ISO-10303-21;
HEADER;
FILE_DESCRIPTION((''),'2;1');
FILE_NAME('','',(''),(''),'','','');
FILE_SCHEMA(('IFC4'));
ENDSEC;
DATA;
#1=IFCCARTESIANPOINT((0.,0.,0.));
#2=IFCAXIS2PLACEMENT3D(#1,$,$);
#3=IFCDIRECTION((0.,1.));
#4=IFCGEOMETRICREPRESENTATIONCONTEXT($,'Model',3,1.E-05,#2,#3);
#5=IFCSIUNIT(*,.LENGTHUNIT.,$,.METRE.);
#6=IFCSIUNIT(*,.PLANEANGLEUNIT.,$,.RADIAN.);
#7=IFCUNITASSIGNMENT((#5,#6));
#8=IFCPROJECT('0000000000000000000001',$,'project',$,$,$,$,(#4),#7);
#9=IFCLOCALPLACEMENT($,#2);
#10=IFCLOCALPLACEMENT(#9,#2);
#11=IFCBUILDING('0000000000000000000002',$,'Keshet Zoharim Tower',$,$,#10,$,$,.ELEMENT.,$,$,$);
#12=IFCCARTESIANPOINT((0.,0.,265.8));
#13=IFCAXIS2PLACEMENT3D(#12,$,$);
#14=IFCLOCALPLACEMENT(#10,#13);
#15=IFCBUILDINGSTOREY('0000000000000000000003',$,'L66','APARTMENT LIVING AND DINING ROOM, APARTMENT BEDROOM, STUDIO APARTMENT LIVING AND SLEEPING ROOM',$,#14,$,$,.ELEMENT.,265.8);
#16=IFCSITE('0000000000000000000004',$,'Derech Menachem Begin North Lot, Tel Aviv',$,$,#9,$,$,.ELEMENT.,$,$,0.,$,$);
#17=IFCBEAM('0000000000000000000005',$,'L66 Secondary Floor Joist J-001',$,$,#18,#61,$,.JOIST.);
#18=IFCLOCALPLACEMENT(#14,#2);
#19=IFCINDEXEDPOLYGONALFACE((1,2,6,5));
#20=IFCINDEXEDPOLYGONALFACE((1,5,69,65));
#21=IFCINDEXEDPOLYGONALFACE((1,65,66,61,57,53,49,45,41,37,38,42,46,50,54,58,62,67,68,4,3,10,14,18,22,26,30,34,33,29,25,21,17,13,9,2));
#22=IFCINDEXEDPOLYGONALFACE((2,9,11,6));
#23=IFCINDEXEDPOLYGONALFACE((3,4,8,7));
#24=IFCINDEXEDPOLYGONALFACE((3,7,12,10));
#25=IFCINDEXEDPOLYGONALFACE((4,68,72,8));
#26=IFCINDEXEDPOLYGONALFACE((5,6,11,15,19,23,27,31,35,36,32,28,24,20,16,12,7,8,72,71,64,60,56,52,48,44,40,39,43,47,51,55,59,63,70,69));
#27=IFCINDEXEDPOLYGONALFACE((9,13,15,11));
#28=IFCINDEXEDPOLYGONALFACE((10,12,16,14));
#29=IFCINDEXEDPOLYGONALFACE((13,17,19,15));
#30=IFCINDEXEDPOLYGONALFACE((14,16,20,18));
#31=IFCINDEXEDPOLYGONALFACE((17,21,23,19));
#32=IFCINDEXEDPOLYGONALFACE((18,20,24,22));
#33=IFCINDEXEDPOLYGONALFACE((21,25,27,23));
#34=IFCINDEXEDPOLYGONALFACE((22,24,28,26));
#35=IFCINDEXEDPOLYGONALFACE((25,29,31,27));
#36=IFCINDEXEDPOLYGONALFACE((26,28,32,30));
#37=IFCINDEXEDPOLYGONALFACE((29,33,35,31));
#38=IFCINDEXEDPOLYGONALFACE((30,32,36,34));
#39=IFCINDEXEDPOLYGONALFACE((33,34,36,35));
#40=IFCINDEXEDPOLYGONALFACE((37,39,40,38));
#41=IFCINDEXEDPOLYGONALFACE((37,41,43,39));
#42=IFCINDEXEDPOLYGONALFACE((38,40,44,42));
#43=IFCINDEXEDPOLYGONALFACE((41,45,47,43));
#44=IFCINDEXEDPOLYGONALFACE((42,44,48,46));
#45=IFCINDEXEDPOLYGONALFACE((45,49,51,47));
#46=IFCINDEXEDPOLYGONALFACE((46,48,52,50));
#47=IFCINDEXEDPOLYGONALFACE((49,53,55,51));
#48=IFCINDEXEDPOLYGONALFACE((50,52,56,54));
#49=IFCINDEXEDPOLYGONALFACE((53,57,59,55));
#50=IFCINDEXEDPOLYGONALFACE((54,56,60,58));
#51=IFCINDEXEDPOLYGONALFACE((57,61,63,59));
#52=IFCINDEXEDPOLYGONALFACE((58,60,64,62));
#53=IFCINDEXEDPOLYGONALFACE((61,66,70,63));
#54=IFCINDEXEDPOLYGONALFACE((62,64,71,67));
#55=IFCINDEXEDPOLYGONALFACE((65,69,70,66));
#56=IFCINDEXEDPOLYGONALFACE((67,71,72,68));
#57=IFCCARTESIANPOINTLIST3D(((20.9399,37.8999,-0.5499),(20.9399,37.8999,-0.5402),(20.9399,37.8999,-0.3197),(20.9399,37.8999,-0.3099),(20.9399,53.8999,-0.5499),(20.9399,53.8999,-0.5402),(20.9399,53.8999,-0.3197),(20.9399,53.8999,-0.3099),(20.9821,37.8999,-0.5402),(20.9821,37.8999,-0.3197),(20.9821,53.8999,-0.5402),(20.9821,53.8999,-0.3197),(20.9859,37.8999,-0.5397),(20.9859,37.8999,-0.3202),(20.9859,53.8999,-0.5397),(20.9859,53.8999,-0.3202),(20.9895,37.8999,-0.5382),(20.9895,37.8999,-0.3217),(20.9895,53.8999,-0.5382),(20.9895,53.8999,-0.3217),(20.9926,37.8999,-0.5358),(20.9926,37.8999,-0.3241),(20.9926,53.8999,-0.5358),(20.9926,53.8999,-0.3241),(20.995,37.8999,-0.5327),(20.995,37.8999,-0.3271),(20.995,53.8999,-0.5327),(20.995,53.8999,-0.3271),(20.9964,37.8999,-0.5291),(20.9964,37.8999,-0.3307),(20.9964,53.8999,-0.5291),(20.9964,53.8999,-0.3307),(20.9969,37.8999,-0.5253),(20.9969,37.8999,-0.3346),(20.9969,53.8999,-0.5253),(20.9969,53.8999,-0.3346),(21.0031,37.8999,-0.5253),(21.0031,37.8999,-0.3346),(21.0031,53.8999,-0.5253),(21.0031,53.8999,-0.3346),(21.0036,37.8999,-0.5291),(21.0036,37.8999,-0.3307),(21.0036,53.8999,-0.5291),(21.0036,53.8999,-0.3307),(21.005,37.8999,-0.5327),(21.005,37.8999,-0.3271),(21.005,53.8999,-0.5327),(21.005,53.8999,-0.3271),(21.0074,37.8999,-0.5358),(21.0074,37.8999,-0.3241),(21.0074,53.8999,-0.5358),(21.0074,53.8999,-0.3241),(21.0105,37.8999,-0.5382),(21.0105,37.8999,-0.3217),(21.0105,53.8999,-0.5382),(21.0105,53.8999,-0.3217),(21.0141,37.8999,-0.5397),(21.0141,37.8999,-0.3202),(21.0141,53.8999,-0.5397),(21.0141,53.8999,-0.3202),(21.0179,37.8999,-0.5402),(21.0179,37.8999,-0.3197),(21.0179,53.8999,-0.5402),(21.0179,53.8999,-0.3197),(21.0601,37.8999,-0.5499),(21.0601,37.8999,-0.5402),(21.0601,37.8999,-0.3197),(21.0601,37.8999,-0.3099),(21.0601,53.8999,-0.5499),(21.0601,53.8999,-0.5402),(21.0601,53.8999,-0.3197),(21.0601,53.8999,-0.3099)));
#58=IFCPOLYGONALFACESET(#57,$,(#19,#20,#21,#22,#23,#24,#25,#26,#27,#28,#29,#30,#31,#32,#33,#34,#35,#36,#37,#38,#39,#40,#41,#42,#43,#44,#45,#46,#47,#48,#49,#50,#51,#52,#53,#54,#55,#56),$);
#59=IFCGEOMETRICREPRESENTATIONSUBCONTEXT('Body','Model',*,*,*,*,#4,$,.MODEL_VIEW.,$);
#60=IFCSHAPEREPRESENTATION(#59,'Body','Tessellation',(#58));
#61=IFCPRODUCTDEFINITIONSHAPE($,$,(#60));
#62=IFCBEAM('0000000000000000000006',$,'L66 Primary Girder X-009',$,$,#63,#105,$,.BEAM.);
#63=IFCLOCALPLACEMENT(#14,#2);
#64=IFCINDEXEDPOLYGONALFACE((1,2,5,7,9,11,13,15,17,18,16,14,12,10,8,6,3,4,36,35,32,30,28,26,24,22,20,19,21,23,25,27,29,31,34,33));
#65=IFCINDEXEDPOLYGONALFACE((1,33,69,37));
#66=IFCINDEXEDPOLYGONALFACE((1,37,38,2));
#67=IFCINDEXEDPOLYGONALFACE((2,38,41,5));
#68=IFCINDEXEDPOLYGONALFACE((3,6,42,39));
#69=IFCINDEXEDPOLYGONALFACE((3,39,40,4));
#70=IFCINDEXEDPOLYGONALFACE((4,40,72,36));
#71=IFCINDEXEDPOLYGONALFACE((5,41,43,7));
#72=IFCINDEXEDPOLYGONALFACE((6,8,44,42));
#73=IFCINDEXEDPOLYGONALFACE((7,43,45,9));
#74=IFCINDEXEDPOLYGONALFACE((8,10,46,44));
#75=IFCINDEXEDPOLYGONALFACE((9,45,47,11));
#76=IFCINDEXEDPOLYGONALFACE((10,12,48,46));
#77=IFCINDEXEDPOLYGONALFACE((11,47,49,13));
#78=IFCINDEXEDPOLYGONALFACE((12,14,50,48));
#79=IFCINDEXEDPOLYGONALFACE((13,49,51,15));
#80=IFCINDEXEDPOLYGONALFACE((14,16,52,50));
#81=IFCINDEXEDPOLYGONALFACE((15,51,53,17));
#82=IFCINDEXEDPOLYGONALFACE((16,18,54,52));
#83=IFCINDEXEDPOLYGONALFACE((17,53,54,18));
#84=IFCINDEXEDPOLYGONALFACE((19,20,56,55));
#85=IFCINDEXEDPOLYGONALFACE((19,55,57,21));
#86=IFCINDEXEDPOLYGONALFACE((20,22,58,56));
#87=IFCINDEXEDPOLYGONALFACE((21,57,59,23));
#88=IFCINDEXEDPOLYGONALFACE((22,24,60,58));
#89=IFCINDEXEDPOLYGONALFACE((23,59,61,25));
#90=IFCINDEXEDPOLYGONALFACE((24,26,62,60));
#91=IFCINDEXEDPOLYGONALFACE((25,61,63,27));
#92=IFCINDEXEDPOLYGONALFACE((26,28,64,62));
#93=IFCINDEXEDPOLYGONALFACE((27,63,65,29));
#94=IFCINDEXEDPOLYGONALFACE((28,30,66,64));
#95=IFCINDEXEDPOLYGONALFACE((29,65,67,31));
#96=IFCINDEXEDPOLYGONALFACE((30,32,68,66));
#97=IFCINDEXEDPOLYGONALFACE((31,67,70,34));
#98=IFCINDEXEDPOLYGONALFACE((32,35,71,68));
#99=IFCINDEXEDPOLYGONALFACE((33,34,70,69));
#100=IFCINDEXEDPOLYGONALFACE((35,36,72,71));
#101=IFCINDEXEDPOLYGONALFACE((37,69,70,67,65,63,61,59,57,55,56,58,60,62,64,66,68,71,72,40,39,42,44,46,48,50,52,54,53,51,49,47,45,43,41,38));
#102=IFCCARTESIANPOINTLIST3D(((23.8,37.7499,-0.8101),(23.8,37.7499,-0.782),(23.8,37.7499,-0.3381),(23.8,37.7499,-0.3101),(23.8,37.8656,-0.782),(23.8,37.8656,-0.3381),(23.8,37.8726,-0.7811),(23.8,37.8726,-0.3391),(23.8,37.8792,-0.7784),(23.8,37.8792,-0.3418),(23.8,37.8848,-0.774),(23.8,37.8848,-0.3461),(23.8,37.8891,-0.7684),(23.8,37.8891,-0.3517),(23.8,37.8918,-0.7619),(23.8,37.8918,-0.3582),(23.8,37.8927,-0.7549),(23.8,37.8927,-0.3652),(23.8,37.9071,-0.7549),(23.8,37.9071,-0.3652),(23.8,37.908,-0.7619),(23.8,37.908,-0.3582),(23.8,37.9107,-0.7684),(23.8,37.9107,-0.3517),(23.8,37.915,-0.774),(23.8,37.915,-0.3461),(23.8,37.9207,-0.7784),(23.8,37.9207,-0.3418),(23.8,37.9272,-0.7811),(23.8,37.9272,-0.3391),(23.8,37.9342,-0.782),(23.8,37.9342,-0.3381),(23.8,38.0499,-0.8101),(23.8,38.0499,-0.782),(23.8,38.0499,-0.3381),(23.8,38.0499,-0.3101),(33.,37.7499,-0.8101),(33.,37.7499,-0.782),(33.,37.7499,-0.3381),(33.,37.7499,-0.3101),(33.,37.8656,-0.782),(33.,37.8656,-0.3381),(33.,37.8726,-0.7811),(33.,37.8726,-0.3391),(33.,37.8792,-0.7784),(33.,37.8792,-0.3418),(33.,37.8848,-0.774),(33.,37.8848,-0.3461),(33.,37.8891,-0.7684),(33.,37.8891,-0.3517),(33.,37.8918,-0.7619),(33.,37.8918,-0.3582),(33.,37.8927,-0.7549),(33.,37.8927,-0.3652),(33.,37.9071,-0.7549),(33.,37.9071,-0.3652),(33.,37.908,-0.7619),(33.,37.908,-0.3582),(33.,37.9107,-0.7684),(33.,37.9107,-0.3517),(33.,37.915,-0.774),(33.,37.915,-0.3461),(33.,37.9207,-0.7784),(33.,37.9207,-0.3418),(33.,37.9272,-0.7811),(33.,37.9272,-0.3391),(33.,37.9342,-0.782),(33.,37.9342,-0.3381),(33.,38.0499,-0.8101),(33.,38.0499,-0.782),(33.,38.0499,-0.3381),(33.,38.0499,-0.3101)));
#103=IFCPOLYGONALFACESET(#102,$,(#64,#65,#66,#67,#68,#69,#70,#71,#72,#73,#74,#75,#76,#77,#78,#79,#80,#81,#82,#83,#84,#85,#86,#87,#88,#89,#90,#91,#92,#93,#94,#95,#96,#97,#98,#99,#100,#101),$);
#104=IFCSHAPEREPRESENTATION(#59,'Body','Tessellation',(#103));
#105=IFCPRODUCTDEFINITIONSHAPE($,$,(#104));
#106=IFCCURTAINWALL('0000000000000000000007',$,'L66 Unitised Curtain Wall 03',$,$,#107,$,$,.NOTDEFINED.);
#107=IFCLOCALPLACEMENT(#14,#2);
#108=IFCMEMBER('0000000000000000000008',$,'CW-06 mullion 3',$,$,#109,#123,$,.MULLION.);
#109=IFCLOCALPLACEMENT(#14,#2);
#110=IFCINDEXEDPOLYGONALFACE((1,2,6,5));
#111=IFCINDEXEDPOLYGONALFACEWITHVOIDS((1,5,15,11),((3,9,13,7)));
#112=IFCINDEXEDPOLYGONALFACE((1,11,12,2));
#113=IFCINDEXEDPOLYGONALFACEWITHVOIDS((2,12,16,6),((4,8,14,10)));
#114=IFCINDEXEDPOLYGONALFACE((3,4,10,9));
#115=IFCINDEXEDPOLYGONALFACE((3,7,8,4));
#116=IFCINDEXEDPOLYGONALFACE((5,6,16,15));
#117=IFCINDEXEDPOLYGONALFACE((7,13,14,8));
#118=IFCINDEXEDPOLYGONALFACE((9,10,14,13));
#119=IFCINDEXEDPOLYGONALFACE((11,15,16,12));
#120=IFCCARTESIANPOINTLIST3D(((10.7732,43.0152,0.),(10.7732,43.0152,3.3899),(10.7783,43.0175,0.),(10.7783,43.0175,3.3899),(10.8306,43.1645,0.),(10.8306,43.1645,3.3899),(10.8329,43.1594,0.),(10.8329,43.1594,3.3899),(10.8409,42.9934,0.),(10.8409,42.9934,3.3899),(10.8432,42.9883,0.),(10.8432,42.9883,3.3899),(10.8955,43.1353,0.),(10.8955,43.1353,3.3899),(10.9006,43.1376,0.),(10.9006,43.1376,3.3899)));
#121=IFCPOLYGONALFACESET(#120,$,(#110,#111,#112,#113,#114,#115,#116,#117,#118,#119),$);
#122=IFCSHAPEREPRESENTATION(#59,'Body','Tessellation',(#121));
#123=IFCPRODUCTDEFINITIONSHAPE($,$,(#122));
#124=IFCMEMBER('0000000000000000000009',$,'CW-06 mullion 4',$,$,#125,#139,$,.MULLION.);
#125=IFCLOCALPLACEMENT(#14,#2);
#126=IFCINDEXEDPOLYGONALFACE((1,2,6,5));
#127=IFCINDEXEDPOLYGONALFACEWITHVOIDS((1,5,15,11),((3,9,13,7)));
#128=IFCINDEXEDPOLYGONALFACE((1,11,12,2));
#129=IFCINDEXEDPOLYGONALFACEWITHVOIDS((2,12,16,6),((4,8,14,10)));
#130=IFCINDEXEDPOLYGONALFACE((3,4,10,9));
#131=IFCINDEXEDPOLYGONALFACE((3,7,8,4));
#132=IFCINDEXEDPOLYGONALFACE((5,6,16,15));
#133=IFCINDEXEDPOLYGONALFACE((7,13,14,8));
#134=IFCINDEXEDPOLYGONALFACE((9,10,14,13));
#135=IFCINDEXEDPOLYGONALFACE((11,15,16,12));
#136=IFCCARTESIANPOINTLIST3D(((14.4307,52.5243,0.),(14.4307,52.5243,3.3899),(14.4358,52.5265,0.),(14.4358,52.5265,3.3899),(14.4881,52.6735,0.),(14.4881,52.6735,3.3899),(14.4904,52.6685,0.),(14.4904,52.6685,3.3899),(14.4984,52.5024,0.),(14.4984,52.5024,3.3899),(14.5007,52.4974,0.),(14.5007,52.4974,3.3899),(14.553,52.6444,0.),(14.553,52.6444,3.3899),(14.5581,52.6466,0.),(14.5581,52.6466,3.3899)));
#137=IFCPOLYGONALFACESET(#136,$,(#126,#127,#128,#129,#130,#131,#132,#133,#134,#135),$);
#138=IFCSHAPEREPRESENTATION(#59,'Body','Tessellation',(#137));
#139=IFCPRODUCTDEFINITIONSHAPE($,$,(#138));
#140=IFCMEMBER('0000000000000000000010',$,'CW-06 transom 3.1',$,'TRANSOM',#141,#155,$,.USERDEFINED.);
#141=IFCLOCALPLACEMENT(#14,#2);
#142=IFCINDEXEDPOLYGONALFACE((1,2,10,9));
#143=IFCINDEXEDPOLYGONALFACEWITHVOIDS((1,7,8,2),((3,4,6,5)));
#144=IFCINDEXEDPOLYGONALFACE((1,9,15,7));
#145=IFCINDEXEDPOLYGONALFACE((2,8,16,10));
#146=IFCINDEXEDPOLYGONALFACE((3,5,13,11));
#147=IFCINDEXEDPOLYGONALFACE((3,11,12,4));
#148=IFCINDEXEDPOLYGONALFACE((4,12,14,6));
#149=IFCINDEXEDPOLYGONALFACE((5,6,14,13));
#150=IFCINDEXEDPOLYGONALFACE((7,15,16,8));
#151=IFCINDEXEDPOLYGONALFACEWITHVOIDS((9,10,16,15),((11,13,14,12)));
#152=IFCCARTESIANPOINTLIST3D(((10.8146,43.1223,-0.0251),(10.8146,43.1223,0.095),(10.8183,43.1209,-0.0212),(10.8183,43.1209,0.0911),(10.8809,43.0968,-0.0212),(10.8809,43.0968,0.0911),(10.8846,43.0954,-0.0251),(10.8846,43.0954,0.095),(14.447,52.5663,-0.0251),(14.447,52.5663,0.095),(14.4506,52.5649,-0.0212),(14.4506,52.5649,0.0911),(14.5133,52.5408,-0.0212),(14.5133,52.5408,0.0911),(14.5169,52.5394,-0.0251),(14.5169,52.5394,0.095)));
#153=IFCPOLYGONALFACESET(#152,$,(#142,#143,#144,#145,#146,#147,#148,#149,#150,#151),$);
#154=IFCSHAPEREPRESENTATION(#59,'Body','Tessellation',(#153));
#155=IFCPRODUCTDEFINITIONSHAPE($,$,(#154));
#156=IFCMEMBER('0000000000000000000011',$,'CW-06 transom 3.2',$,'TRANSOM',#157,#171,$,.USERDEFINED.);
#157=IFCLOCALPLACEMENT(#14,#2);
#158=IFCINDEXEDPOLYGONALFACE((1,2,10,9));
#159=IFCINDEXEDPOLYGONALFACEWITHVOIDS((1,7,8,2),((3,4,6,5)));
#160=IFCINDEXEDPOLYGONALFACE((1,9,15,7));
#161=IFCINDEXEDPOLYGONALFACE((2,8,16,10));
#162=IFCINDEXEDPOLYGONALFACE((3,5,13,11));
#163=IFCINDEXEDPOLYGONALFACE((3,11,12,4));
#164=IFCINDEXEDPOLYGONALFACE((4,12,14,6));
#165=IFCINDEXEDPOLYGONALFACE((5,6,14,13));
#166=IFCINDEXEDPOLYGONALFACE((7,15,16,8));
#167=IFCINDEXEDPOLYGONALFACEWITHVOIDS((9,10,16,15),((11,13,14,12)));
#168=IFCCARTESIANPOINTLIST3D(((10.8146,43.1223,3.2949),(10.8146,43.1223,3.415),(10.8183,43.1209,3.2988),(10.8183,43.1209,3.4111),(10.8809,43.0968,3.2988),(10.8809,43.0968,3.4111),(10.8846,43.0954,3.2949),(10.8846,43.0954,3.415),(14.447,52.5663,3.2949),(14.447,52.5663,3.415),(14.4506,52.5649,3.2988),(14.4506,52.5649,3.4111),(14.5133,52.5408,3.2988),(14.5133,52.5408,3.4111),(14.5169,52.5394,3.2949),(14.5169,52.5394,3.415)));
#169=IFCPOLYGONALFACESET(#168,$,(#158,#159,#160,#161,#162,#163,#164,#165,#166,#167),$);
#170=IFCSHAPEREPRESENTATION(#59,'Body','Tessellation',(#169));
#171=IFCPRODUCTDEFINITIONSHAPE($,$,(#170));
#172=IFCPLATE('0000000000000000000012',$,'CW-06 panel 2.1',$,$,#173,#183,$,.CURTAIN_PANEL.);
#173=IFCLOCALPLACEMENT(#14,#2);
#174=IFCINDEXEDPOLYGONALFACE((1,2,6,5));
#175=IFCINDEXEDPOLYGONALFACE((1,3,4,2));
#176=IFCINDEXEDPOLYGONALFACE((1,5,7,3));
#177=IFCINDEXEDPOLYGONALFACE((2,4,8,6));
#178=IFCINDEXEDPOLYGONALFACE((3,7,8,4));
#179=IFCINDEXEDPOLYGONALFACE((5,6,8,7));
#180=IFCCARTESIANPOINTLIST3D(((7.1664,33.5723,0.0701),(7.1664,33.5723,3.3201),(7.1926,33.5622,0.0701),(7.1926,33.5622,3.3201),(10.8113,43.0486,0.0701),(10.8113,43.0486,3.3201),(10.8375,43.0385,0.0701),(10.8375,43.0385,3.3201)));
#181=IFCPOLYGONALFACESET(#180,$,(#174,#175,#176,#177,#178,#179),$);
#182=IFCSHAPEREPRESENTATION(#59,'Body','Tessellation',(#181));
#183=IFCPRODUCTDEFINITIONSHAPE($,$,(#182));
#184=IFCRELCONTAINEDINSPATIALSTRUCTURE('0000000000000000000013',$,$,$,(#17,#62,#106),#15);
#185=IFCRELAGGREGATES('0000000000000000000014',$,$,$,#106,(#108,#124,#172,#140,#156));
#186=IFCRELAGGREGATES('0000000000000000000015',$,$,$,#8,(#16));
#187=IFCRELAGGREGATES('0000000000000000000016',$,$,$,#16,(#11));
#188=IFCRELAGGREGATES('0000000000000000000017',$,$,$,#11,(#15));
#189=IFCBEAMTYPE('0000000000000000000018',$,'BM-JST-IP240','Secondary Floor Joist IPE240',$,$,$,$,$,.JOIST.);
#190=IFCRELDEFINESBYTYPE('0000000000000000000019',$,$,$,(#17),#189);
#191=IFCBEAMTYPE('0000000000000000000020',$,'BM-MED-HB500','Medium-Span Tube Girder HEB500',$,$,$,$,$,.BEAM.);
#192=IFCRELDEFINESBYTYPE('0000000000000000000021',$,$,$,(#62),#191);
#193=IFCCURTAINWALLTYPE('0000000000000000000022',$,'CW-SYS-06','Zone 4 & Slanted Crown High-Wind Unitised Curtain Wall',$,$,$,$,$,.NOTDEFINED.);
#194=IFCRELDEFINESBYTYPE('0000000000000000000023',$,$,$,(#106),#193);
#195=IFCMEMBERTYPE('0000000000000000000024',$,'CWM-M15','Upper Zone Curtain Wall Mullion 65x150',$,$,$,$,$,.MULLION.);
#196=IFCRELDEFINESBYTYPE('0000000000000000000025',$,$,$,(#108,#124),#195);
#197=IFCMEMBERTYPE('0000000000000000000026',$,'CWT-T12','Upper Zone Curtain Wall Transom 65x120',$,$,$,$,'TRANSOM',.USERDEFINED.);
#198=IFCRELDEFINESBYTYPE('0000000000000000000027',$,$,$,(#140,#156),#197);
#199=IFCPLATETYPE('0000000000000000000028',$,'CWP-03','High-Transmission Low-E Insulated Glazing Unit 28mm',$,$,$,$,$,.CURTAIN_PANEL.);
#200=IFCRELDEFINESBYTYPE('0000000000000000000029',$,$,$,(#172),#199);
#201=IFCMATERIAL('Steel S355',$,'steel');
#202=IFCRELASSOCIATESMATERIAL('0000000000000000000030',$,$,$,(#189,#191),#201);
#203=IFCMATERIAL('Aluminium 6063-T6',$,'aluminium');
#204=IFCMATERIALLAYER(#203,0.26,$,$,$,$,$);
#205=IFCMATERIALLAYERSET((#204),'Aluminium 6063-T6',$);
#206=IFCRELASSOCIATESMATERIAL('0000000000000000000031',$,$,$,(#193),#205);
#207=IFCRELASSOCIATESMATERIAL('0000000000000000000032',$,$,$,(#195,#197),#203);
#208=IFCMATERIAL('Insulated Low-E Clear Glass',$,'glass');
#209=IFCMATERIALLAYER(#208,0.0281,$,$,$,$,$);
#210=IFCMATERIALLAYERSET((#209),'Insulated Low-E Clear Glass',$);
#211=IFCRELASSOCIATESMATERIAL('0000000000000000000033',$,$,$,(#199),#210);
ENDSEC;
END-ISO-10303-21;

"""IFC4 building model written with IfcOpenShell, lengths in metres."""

from ifc_helpers import new_model, si_unit, direction, frame, origin, origin_2d, place, context, subcontext, project, spatial, rectangle, hollow_rectangle, i_section, extrude, material, layer, layer_set, material_profile, profile_set, type_object, element, aggregate, save


model = new_model("IFC4")

# Units and contexts
model_context = context("Model", 3, precision=1e-05, world=origin(), true_north=direction((0.0, 1.0)))
body_context = subcontext(model_context, "Body", "Model", "MODEL_VIEW")
ifc_project = project(units=[si_unit("LENGTHUNIT", "METRE"), si_unit("PLANEANGLEUNIT", "RADIAN")], contexts=[model_context])

# Site, building, storey
site_placement = place(None, origin())
site = spatial("IfcSite", under=ifc_project, at=site_placement, Name="Derech Menachem Begin North Lot, Tel Aviv", CompositionType="ELEMENT", RefElevation=0.0)
building_placement = place(site_placement, origin())
building = spatial("IfcBuilding", under=site, at=building_placement, Name="Keshet Zoharim Tower", CompositionType="ELEMENT")
storey_placement = place(building_placement, frame((0.0, 0.0, 265.8)))
storey = spatial("IfcBuildingStorey", under=building, at=storey_placement, Name="L66", Description="APARTMENT LIVING AND DINING ROOM, APARTMENT BEDROOM, STUDIO APARTMENT LIVING AND SLEEPING ROOM", CompositionType="ELEMENT", Elevation=265.8)

# Beams
ifc_material_1 = material(Name="Steel S355", Category="steel")
ifc_material_profile_1 = material_profile(ifc_material_1, i_section(OverallWidth=0.1201, OverallDepth=0.24, WebThickness=0.0061, FlangeThickness=0.0098, FilletRadius=0.0149, at=origin_2d()), Name="IPE240")
ifc_profile_set_1 = profile_set([ifc_material_profile_1], Name="Steel S355")
beam_type_1 = type_object("IfcBeamType", Name="BM-JST-IP240", Description="Secondary Floor Joist IPE240", PredefinedType="JOIST", material=ifc_profile_set_1)
beam_1_placement = place(storey_placement, frame((21.0, 37.8999, -0.4299), z_axis=(0.0, 1.0, 0.0), x_axis=(-1.0, 0.0, 0.0)))
element("IfcBeam", 1, at=beam_1_placement, inside=storey, type_object=beam_type_1, Name="L66 Secondary Floor Joist J-001", PredefinedType="JOIST", context=body_context, shape_type="SweptSolid", body=[
    extrude(i_section(OverallWidth=0.1201, OverallDepth=0.24, WebThickness=0.0061, FlangeThickness=0.0098, FilletRadius=0.0149, at=origin_2d()), origin(), (0.0, 0.0, 1.0), 16.0),
])
ifc_material_profile_2 = material_profile(ifc_material_1, i_section(OverallWidth=0.3, OverallDepth=0.5, WebThickness=0.0144, FlangeThickness=0.0281, FilletRadius=0.0271, at=origin_2d()), Name="HEB500")
ifc_profile_set_2 = profile_set([ifc_material_profile_2], Name="Steel S355")
beam_type_2 = type_object("IfcBeamType", Name="BM-MED-HB500", Description="Medium-Span Tube Girder HEB500", PredefinedType="BEAM", material=ifc_profile_set_2)
beam_2_placement = place(storey_placement, frame((23.8, 37.8999, -0.5601), z_axis=(1.0, 0.0, 0.0), x_axis=(0.0, 1.0, 0.0)))
element("IfcBeam", 2, at=beam_2_placement, inside=storey, type_object=beam_type_2, Name="L66 Primary Girder X-009", PredefinedType="BEAM", context=body_context, shape_type="SweptSolid", body=[
    extrude(i_section(OverallWidth=0.3, OverallDepth=0.5, WebThickness=0.0144, FlangeThickness=0.0281, FilletRadius=0.0271, at=origin_2d()), origin(), (0.0, 0.0, 1.0), 9.2),
])

# Curtain wall, members, plate
ifc_material_2 = material(Name="Aluminium 6063-T6", Category="aluminium")
ifc_layer_1 = layer(ifc_material_2, 0.26)
ifc_layer_set_1 = layer_set([ifc_layer_1], Name="Aluminium 6063-T6")
curtain_wall_type = type_object("IfcCurtainWallType", Name="CW-SYS-06", Description="Zone 4 & Slanted Crown High-Wind Unitised Curtain Wall", PredefinedType="NOTDEFINED", material=ifc_layer_set_1)
curtain_wall_placement = place(storey_placement, origin())
curtain_wall = element("IfcCurtainWall", 3, at=curtain_wall_placement, inside=storey, type_object=curtain_wall_type, Name="L66 Unitised Curtain Wall 03", PredefinedType="NOTDEFINED")
ifc_material_profile_3 = material_profile(ifc_material_2, hollow_rectangle(XDim=0.075, YDim=0.1599, WallThickness=0.0039, at=origin_2d()), Name="MUL-75x160")
ifc_profile_set_3 = profile_set([ifc_material_profile_3], Name="Aluminium 6063-T6")
member_type_1 = type_object("IfcMemberType", Name="CWM-M15", Description="Upper Zone Curtain Wall Mullion 65x150", PredefinedType="MULLION", material=ifc_profile_set_3)
member_1_placement = place(storey_placement, frame((10.8369, 43.0764, 0.0), z_axis=(0.0, 0.0, 1.0), x_axis=(-0.933341, 0.35899, 0.0)))
member_1 = element("IfcMember", 4, at=member_1_placement, type_object=member_type_1, Name="CW-06 mullion 3", PredefinedType="MULLION", context=body_context, shape_type="SweptSolid", body=[
    extrude(hollow_rectangle(XDim=0.075, YDim=0.1599, WallThickness=0.0039, at=origin_2d()), origin(), (0.0, 0.0, 1.0), 3.3899),
])
member_2_placement = place(storey_placement, frame((14.4944, 52.5854, 0.0), z_axis=(0.0, 0.0, 1.0), x_axis=(-0.933341, 0.35899, 0.0)))
member_2 = element("IfcMember", 5, at=member_2_placement, type_object=member_type_1, Name="CW-06 mullion 4", PredefinedType="MULLION", context=body_context, shape_type="SweptSolid", body=[
    extrude(hollow_rectangle(XDim=0.075, YDim=0.1599, WallThickness=0.0039, at=origin_2d()), origin(), (0.0, 0.0, 1.0), 3.3899),
])
ifc_material_profile_4 = material_profile(ifc_material_2, hollow_rectangle(XDim=0.075, YDim=0.1201, WallThickness=0.0039, at=origin_2d()), Name="TRN-75x120")
ifc_profile_set_4 = profile_set([ifc_material_profile_4], Name="Aluminium 6063-T6")
member_type_2 = type_object("IfcMemberType", Name="CWT-T12", Description="Upper Zone Curtain Wall Transom 65x120", ElementType="TRANSOM", PredefinedType="USERDEFINED", material=ifc_profile_set_4)
member_3_placement = place(storey_placement, frame((10.8496, 43.1089, 0.0349), z_axis=(0.358986, 0.933343, 0.0), x_axis=(-0.933343, 0.358986, 0.0)))
member_3 = element("IfcMember", 6, at=member_3_placement, type_object=member_type_2, Name="CW-06 transom 3.1", ObjectType="TRANSOM", PredefinedType="USERDEFINED", context=body_context, shape_type="SweptSolid", body=[
    extrude(hollow_rectangle(XDim=0.075, YDim=0.1201, WallThickness=0.0039, at=origin_2d()), origin(), (0.0, 0.0, 1.0), 10.1184),
])
member_4_placement = place(storey_placement, frame((10.8496, 43.1089, 3.355), z_axis=(0.358986, 0.933343, 0.0), x_axis=(-0.933343, 0.358986, 0.0)))
member_4 = element("IfcMember", 7, at=member_4_placement, type_object=member_type_2, Name="CW-06 transom 3.2", ObjectType="TRANSOM", PredefinedType="USERDEFINED", context=body_context, shape_type="SweptSolid", body=[
    extrude(hollow_rectangle(XDim=0.075, YDim=0.1201, WallThickness=0.0039, at=origin_2d()), origin(), (0.0, 0.0, 1.0), 10.1184),
])
ifc_material_3 = material(Name="Insulated Low-E Clear Glass", Category="glass")
ifc_layer_2 = layer(ifc_material_3, 0.0281)
ifc_layer_set_2 = layer_set([ifc_layer_2], Name="Insulated Low-E Clear Glass")
plate_type = type_object("IfcPlateType", Name="CWP-03", Description="High-Transmission Low-E Insulated Glazing Unit 28mm", PredefinedType="CURTAIN_PANEL", material=ifc_layer_set_2)
plate_1_placement = place(storey_placement, frame((9.002, 38.3054, 0.0701), z_axis=(0.0, 0.0, 1.0), x_axis=(0.35899, 0.933341, 0.0)))
plate_1 = element("IfcPlate", 8, at=plate_1_placement, type_object=plate_type, Name="CW-06 panel 2.1", PredefinedType="CURTAIN_PANEL", context=body_context, shape_type="SweptSolid", body=[
    extrude(rectangle(XDim=10.1531, YDim=0.0281, at=origin_2d()), origin(), (0.0, 0.0, 1.0), 3.25),
])
aggregate(curtain_wall, [member_1, member_2, plate_1, member_3, member_4])

save(model, "model.ifc")
